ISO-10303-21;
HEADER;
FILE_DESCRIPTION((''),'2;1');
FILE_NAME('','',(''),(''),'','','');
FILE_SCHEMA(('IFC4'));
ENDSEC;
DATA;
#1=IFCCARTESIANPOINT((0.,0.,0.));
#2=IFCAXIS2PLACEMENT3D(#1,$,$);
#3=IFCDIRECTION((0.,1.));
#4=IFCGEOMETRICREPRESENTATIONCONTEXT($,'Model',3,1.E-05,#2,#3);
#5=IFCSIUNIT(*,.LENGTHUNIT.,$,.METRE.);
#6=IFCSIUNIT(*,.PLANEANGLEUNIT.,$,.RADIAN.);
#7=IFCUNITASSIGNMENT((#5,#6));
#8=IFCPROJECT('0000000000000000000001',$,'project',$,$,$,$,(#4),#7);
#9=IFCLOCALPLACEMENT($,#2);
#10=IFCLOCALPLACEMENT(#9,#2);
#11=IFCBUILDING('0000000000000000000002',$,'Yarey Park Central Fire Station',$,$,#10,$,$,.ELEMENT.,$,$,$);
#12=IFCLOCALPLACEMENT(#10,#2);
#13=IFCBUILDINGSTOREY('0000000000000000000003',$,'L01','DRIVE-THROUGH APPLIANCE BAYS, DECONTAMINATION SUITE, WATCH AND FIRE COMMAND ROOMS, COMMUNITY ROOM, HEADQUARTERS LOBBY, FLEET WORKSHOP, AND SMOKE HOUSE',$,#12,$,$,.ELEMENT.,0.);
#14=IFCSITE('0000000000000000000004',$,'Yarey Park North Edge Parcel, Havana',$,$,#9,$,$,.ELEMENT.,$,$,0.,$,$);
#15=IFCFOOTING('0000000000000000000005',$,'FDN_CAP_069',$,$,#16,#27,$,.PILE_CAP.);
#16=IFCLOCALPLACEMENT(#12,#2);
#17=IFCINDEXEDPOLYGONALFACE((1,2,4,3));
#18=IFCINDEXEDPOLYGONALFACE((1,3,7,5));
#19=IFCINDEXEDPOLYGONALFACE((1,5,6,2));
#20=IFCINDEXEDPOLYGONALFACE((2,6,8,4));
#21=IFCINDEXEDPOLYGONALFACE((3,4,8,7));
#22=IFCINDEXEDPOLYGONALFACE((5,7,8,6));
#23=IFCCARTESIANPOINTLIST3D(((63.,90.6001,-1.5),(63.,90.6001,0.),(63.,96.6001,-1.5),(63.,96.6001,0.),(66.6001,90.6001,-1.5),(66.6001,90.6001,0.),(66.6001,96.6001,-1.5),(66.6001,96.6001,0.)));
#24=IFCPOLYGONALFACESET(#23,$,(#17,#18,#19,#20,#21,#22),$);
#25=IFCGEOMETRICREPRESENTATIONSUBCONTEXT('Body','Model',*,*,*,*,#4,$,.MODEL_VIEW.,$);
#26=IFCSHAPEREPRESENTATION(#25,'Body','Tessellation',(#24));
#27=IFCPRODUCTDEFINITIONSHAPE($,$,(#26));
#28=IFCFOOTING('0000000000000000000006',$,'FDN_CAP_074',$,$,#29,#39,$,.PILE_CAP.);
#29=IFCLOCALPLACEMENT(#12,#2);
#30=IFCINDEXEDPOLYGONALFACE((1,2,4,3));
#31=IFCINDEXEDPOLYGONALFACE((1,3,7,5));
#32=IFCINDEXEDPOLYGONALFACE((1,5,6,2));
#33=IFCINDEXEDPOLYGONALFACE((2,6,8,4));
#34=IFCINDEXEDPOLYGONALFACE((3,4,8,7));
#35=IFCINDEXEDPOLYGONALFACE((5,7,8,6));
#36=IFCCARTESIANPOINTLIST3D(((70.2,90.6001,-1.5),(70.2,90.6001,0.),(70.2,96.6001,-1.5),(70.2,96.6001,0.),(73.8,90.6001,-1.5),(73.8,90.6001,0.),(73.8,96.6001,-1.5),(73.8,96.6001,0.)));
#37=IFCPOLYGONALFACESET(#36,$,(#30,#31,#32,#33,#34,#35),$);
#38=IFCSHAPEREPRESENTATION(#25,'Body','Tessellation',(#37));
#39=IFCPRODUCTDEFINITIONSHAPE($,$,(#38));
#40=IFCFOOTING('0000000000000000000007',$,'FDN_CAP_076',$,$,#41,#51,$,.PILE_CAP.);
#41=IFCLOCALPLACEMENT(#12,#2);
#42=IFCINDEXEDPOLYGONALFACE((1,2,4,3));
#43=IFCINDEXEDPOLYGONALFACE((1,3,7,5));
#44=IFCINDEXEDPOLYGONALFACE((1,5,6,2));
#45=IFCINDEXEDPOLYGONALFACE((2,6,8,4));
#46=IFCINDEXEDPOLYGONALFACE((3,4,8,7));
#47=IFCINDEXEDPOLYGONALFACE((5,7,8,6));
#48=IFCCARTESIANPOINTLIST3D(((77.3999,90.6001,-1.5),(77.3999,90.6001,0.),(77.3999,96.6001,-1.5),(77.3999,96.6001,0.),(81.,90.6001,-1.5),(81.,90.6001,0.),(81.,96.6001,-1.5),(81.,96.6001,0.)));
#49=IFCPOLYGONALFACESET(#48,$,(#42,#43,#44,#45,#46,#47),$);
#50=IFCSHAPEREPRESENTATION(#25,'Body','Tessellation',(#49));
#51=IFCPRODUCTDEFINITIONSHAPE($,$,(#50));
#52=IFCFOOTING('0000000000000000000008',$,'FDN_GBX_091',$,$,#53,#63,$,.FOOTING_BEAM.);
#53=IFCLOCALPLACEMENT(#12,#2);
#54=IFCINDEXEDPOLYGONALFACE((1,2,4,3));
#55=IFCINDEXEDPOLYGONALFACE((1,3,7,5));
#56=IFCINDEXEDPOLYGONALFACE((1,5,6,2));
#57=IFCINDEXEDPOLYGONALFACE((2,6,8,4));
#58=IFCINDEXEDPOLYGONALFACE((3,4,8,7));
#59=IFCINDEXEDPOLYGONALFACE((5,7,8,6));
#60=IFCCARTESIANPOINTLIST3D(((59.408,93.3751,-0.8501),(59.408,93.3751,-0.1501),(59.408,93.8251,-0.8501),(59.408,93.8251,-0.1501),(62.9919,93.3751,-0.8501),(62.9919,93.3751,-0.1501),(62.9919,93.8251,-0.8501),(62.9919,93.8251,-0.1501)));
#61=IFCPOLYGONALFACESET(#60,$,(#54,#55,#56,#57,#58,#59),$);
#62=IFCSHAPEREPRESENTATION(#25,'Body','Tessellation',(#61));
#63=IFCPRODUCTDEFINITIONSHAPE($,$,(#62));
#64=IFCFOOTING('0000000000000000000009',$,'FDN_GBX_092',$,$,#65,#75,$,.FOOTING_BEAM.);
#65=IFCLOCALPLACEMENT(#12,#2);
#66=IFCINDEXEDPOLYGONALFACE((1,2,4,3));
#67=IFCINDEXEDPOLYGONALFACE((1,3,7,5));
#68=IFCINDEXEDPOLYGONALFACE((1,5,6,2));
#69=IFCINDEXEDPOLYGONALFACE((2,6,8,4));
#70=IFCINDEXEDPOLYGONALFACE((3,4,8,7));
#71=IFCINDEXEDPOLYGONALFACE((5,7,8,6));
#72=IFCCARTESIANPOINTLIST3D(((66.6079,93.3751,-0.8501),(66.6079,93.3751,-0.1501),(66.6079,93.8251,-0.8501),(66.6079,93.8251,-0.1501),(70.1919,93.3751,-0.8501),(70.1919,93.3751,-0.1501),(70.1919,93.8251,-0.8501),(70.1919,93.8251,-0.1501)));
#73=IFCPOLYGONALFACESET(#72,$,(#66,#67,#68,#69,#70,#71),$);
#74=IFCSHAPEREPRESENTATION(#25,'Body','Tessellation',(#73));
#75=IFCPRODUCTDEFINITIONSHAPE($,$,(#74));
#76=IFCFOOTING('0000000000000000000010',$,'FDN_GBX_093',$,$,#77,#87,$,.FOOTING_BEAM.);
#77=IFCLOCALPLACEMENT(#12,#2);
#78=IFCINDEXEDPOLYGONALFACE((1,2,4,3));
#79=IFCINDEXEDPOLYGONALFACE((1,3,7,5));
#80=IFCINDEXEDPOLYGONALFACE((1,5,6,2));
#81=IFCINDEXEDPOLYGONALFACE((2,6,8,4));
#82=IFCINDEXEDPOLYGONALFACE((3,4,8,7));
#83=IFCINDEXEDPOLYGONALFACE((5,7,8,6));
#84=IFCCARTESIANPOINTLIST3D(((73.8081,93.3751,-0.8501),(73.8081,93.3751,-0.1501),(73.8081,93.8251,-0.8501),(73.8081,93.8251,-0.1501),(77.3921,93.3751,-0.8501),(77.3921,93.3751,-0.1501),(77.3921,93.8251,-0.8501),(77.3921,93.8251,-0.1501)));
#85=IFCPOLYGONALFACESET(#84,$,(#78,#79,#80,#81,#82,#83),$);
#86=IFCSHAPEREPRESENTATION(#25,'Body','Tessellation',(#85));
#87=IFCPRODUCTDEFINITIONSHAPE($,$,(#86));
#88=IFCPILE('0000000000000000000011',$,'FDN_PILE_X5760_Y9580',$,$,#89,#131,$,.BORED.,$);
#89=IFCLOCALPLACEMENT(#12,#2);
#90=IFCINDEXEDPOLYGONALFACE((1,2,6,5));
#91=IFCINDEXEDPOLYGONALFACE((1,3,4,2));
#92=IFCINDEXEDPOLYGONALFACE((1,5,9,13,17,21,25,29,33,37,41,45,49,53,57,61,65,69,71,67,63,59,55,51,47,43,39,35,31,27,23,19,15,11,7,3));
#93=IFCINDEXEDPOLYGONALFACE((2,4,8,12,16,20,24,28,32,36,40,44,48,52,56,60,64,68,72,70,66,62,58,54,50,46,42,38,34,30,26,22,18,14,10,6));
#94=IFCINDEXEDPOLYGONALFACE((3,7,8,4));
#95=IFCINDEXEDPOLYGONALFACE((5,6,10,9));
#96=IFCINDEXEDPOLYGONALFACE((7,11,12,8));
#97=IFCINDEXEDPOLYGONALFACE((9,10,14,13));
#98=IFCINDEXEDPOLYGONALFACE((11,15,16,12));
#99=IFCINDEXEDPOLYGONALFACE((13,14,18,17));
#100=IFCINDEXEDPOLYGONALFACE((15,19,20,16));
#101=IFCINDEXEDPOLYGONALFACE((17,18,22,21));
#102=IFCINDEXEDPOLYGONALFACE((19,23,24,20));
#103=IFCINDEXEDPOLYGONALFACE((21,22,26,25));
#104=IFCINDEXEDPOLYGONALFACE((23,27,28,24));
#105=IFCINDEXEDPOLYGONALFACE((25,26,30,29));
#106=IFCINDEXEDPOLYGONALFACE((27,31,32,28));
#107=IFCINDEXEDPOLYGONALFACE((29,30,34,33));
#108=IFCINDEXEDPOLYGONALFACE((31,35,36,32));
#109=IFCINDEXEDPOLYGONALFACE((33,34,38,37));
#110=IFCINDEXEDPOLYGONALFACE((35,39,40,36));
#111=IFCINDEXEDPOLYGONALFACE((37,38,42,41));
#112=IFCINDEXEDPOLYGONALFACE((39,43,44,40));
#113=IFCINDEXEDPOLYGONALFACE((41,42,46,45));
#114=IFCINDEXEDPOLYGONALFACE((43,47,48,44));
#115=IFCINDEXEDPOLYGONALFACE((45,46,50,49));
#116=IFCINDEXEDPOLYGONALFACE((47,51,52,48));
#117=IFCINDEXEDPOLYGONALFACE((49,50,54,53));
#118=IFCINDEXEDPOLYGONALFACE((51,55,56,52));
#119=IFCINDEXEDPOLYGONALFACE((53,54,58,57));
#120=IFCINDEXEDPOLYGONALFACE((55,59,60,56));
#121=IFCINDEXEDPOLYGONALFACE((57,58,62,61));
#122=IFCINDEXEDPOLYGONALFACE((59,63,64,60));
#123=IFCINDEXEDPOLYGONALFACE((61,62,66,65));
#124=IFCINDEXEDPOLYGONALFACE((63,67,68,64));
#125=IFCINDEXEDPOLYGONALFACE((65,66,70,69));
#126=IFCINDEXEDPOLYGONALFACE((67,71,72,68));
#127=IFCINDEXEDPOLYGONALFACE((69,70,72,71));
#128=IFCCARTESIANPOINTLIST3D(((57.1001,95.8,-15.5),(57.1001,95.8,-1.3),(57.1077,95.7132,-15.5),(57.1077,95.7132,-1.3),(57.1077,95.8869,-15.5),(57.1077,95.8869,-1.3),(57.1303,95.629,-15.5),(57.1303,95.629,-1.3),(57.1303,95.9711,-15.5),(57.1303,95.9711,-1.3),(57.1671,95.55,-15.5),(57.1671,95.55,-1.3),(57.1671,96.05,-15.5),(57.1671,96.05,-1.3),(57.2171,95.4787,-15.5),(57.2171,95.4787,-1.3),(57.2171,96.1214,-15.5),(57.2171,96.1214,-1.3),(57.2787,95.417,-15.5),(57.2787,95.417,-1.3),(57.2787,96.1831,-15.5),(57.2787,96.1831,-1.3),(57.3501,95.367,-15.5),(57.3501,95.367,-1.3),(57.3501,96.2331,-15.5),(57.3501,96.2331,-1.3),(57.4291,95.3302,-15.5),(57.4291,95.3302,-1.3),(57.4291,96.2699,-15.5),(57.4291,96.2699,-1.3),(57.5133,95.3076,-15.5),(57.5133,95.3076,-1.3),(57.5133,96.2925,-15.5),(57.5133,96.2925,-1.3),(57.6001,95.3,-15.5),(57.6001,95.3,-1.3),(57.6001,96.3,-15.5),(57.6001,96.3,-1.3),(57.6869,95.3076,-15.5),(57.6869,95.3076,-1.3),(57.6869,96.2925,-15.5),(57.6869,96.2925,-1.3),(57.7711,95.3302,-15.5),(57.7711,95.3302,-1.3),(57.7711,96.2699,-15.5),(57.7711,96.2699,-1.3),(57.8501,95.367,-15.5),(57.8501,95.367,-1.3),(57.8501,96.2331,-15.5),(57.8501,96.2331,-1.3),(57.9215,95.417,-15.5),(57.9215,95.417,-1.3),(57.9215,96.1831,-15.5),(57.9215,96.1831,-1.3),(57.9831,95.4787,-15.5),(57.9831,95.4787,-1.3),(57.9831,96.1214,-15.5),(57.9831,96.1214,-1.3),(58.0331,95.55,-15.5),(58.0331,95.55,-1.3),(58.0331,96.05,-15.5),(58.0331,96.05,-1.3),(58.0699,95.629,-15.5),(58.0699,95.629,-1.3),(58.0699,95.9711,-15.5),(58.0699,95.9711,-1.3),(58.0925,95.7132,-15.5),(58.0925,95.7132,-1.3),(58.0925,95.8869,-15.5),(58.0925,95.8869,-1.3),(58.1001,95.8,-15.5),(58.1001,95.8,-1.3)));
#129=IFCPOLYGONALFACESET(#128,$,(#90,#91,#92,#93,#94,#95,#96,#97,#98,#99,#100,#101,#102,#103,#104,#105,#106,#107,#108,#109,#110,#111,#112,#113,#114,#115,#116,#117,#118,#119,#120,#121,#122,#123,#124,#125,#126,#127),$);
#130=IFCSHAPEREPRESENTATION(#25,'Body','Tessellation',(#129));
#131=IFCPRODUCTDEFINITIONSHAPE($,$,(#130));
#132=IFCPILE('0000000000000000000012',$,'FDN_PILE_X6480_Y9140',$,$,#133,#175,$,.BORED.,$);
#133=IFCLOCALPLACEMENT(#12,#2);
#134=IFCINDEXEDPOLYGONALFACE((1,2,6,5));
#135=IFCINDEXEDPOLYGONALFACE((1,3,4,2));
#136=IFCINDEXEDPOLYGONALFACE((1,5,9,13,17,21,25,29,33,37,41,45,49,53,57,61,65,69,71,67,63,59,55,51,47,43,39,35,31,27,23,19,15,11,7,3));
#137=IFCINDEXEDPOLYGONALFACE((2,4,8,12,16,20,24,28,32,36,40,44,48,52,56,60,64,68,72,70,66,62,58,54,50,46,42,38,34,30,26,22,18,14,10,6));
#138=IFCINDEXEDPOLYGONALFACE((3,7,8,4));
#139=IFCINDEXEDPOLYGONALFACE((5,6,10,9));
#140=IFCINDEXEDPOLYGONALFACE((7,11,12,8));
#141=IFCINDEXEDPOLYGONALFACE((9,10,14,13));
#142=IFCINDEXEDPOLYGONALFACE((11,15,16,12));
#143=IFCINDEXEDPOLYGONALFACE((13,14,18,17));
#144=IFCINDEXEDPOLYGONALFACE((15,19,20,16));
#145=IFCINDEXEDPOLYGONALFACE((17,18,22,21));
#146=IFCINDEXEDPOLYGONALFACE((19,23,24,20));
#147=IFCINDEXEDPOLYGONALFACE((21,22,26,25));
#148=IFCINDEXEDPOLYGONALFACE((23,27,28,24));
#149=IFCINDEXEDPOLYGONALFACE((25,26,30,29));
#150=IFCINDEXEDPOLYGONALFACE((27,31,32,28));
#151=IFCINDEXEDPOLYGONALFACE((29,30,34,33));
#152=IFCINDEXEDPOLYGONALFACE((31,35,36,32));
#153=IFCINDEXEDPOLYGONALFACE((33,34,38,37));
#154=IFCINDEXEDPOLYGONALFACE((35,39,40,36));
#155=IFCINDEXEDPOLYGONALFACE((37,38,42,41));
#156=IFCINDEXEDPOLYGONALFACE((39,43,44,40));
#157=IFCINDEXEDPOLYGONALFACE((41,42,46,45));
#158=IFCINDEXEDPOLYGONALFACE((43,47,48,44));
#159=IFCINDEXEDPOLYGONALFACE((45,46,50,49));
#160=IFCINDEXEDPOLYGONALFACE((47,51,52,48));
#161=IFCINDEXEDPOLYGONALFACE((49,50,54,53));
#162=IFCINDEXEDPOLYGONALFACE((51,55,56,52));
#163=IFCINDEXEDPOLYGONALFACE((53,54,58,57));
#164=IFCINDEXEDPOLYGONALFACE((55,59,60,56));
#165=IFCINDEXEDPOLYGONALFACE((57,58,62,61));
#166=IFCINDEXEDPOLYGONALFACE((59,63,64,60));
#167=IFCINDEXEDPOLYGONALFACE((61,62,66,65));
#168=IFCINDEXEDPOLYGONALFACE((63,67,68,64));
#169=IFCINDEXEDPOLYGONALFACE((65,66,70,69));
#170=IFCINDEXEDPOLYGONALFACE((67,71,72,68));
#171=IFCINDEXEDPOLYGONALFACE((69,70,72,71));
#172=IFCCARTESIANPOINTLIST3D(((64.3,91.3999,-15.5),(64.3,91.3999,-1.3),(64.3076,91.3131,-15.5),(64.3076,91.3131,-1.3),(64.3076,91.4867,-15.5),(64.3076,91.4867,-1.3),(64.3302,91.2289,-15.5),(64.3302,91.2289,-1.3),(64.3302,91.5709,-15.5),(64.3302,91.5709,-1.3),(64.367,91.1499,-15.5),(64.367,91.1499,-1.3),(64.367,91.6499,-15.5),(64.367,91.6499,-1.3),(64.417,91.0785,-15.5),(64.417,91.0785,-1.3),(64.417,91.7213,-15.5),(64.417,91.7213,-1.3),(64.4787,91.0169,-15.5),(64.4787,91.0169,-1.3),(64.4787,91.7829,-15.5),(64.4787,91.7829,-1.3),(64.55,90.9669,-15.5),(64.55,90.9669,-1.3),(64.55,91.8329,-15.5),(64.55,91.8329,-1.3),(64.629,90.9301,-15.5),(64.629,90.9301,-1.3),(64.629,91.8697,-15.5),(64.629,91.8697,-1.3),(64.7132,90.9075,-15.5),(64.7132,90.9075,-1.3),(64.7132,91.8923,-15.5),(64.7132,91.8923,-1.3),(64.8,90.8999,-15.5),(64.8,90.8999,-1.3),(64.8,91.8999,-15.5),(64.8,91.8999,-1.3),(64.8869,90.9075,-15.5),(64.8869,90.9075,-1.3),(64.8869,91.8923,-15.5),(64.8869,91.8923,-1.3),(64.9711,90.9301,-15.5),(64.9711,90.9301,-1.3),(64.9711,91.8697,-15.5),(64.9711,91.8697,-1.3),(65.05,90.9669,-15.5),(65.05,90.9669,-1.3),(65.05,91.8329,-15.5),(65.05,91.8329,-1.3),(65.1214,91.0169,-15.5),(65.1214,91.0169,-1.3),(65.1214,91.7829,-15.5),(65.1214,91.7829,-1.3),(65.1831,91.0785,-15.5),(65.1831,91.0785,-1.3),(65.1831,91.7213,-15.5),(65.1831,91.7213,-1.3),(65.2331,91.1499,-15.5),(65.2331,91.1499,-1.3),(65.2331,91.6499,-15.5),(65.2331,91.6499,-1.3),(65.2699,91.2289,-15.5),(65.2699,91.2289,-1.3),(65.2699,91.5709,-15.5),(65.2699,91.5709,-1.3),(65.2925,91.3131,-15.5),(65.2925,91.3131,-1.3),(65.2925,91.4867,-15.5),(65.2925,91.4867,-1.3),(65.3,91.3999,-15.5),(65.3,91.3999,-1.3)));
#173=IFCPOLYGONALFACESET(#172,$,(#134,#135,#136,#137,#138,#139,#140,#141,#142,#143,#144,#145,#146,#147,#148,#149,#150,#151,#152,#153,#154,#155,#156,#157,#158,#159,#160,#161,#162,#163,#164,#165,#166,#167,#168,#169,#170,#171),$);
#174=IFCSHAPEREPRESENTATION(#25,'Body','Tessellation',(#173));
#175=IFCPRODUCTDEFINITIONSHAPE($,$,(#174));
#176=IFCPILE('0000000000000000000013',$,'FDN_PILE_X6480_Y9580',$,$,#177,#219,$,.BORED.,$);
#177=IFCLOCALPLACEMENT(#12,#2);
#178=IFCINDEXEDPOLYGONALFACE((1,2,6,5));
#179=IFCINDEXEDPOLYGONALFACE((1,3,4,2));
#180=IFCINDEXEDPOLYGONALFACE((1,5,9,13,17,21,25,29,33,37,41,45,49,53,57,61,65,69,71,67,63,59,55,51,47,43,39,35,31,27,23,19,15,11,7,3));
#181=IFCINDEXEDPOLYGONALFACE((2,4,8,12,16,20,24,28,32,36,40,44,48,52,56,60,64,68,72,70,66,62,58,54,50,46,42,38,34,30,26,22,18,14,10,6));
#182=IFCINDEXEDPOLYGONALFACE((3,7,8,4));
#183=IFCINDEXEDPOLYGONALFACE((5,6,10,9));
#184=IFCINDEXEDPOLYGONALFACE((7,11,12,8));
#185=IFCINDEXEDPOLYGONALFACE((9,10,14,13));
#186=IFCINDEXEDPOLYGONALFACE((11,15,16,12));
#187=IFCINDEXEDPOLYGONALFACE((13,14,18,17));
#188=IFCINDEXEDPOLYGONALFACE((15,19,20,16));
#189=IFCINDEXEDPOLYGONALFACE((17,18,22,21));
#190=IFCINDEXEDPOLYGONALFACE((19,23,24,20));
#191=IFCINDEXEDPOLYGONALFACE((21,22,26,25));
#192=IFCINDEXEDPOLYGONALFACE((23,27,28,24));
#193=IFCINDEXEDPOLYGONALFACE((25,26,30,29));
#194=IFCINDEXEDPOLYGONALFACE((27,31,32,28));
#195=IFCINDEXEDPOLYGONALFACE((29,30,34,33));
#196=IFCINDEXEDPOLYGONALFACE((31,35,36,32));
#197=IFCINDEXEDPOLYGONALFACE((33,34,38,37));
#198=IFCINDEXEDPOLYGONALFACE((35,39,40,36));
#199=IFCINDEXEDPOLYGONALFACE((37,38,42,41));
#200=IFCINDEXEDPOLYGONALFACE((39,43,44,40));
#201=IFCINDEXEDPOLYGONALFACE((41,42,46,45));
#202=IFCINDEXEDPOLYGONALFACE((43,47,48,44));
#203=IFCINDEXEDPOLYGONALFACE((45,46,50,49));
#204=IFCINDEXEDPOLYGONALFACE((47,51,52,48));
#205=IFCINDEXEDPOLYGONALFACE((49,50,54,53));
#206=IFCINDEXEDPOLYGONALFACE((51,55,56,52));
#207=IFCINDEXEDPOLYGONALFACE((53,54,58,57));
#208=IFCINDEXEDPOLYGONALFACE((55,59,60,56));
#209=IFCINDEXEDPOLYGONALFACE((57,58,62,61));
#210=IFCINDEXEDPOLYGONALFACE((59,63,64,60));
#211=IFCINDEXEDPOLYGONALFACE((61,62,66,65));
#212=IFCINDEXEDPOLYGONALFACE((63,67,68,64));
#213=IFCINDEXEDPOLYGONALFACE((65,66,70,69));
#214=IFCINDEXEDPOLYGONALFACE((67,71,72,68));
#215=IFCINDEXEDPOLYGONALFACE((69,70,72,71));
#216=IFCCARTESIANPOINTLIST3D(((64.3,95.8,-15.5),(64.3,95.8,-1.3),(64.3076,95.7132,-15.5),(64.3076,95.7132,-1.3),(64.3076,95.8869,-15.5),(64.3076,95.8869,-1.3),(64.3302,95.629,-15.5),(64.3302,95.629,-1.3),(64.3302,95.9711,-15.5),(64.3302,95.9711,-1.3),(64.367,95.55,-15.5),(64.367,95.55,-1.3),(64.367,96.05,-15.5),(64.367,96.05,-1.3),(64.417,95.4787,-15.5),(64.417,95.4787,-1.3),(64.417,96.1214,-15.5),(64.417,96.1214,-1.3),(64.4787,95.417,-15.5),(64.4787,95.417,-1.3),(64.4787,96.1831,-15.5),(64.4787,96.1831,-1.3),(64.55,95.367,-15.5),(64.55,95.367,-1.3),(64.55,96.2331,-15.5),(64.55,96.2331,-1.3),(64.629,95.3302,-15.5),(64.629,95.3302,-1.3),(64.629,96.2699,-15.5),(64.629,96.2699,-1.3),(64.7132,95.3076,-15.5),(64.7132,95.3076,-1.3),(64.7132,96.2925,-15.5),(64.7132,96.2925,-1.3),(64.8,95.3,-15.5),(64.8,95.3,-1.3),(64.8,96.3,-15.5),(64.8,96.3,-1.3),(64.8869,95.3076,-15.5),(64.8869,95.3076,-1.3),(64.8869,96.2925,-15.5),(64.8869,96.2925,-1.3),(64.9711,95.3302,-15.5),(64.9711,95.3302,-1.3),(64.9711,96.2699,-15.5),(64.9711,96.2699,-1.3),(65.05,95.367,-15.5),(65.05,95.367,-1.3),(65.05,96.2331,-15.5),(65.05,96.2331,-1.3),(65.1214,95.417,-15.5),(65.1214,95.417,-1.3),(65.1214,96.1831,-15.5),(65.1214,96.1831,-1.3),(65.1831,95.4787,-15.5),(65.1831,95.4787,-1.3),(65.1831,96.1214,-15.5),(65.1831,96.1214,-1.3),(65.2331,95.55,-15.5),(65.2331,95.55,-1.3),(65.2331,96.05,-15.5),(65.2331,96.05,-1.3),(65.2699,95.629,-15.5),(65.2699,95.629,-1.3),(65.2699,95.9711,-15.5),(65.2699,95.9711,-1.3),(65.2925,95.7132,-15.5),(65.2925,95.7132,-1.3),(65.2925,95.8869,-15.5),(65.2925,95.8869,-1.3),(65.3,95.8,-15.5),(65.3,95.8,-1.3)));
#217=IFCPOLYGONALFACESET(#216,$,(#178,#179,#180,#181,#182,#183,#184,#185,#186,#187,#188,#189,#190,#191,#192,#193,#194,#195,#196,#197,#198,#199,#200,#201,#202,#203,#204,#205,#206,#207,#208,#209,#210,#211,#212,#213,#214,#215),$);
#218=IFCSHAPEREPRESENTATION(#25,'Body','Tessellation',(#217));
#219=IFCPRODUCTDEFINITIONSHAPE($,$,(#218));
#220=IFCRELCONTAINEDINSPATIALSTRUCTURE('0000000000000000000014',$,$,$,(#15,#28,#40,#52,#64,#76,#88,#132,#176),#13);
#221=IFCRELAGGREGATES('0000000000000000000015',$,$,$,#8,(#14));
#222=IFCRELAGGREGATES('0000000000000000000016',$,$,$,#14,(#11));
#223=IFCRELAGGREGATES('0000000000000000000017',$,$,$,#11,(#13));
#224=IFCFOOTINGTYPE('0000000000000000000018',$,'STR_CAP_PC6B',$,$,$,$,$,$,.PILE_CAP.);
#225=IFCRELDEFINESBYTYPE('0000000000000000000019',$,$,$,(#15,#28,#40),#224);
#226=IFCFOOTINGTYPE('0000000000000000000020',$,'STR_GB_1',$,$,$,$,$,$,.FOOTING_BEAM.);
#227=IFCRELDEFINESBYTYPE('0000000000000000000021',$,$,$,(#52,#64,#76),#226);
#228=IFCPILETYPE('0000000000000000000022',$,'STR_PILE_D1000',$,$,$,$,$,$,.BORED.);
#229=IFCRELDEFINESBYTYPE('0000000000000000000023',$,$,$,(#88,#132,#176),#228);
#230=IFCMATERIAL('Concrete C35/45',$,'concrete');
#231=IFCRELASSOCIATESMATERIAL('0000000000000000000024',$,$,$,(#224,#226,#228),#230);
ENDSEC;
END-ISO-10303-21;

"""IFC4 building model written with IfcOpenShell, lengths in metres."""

from ifc_helpers import new_model, si_unit, direction, frame, origin, origin_2d, place, context, subcontext, project, spatial, rectangle, circle, extrude, material, material_profile, profile_set, type_object, element, save


model = new_model("IFC4")

# Units and contexts
model_context = context("Model", 3, precision=1e-05, world=origin(), true_north=direction((0.0, 1.0)))
body_context = subcontext(model_context, "Body", "Model", "MODEL_VIEW")
ifc_project = project(units=[si_unit("LENGTHUNIT", "METRE"), si_unit("PLANEANGLEUNIT", "RADIAN")], contexts=[model_context])

# Site, building, storey
site_placement = place(None, origin())
site = spatial("IfcSite", under=ifc_project, at=site_placement, Name="Yarey Park North Edge Parcel, Havana", CompositionType="ELEMENT", RefElevation=0.0)
building_placement = place(site_placement, origin())
building = spatial("IfcBuilding", under=site, at=building_placement, Name="Yarey Park Central Fire Station", CompositionType="ELEMENT")
storey_placement = place(building_placement, origin())
storey = spatial("IfcBuildingStorey", under=building, at=storey_placement, Name="L01", Description="DRIVE-THROUGH APPLIANCE BAYS, DECONTAMINATION SUITE, WATCH AND FIRE COMMAND ROOMS, COMMUNITY ROOM, HEADQUARTERS LOBBY, FLEET WORKSHOP, AND SMOKE HOUSE", CompositionType="ELEMENT", Elevation=0.0)

# Footings
ifc_material_1 = material(Name="Concrete C35/45", Category="concrete")
footing_type_1 = type_object("IfcFootingType", Name="STR_CAP_PC6B", PredefinedType="PILE_CAP", material=ifc_material_1)
for number, where, z_axis, x_axis, name in (
    (1, (64.8, 93.6001, -1.5), (0.0, 0.0, 1.0), (1.0, 0.0, 0.0), "FDN_CAP_069"),
    (2, (72.0, 93.6001, -1.5), (0.0, 0.0, 1.0), (1.0, 0.0, 0.0), "FDN_CAP_074"),
    (3, (79.2, 93.6001, -1.5), (0.0, 0.0, 1.0), (1.0, 0.0, 0.0), "FDN_CAP_076"),
):
    element("IfcFooting", number, at=place(storey_placement, frame(where, z_axis=z_axis, x_axis=x_axis)), inside=storey, type_object=footing_type_1, Name=name, PredefinedType="PILE_CAP", context=body_context, shape_type="SweptSolid", body=[
        extrude(rectangle(XDim=3.6001, YDim=6.0, at=origin_2d()), origin(), (0.0, 0.0, 1.0), 1.5),
    ])
footing_type_2 = type_object("IfcFootingType", Name="STR_GB_1", PredefinedType="FOOTING_BEAM", material=ifc_material_1)
for number, where, z_axis, x_axis, name in (
    (4, (61.2, 93.6001, -0.8501), (0.0, 0.0, 1.0), (1.0, 0.0, 0.0), "FDN_GBX_091"),
    (5, (68.3999, 93.6001, -0.8501), (0.0, 0.0, 1.0), (1.0, 0.0, 0.0), "FDN_GBX_092"),
    (6, (75.6001, 93.6001, -0.8501), (0.0, 0.0, 1.0), (1.0, 0.0, 0.0), "FDN_GBX_093"),
):
    element("IfcFooting", number, at=place(storey_placement, frame(where, z_axis=z_axis, x_axis=x_axis)), inside=storey, type_object=footing_type_2, Name=name, PredefinedType="FOOTING_BEAM", context=body_context, shape_type="SweptSolid", body=[
        extrude(rectangle(XDim=3.584, YDim=0.45, at=origin_2d()), origin(), (0.0, 0.0, 1.0), 0.7),
    ])

# Piles
ifc_material_profile_1 = material_profile(ifc_material_1, circle(Radius=0.5, at=origin_2d()), Name="BORED PILE D1000")
ifc_profile_set_1 = profile_set([ifc_material_profile_1], Name="Concrete C35/45")
pile_type_1 = type_object("IfcPileType", Name="STR_PILE_D1000", PredefinedType="BORED", material=ifc_profile_set_1)
for number, where, z_axis, x_axis, name in (
    (7, (57.6001, 95.8, -1.3), (0.0, 0.0, -1.0), (1.0, 0.0, 0.0), "FDN_PILE_X5760_Y9580"),
    (8, (64.8, 91.3999, -1.3), (0.0, 0.0, -1.0), (1.0, 0.0, 0.0), "FDN_PILE_X6480_Y9140"),
    (9, (64.8, 95.8, -1.3), (0.0, 0.0, -1.0), (1.0, 0.0, 0.0), "FDN_PILE_X6480_Y9580"),
):
    element("IfcPile", number, at=place(storey_placement, frame(where, z_axis=z_axis, x_axis=x_axis)), inside=storey, type_object=pile_type_1, Name=name, PredefinedType="BORED", context=body_context, shape_type="SweptSolid", body=[
        extrude(circle(Radius=0.5, at=origin_2d()), origin(), (0.0, 0.0, 1.0), 14.2),
    ])

save(model, "model.ifc")
